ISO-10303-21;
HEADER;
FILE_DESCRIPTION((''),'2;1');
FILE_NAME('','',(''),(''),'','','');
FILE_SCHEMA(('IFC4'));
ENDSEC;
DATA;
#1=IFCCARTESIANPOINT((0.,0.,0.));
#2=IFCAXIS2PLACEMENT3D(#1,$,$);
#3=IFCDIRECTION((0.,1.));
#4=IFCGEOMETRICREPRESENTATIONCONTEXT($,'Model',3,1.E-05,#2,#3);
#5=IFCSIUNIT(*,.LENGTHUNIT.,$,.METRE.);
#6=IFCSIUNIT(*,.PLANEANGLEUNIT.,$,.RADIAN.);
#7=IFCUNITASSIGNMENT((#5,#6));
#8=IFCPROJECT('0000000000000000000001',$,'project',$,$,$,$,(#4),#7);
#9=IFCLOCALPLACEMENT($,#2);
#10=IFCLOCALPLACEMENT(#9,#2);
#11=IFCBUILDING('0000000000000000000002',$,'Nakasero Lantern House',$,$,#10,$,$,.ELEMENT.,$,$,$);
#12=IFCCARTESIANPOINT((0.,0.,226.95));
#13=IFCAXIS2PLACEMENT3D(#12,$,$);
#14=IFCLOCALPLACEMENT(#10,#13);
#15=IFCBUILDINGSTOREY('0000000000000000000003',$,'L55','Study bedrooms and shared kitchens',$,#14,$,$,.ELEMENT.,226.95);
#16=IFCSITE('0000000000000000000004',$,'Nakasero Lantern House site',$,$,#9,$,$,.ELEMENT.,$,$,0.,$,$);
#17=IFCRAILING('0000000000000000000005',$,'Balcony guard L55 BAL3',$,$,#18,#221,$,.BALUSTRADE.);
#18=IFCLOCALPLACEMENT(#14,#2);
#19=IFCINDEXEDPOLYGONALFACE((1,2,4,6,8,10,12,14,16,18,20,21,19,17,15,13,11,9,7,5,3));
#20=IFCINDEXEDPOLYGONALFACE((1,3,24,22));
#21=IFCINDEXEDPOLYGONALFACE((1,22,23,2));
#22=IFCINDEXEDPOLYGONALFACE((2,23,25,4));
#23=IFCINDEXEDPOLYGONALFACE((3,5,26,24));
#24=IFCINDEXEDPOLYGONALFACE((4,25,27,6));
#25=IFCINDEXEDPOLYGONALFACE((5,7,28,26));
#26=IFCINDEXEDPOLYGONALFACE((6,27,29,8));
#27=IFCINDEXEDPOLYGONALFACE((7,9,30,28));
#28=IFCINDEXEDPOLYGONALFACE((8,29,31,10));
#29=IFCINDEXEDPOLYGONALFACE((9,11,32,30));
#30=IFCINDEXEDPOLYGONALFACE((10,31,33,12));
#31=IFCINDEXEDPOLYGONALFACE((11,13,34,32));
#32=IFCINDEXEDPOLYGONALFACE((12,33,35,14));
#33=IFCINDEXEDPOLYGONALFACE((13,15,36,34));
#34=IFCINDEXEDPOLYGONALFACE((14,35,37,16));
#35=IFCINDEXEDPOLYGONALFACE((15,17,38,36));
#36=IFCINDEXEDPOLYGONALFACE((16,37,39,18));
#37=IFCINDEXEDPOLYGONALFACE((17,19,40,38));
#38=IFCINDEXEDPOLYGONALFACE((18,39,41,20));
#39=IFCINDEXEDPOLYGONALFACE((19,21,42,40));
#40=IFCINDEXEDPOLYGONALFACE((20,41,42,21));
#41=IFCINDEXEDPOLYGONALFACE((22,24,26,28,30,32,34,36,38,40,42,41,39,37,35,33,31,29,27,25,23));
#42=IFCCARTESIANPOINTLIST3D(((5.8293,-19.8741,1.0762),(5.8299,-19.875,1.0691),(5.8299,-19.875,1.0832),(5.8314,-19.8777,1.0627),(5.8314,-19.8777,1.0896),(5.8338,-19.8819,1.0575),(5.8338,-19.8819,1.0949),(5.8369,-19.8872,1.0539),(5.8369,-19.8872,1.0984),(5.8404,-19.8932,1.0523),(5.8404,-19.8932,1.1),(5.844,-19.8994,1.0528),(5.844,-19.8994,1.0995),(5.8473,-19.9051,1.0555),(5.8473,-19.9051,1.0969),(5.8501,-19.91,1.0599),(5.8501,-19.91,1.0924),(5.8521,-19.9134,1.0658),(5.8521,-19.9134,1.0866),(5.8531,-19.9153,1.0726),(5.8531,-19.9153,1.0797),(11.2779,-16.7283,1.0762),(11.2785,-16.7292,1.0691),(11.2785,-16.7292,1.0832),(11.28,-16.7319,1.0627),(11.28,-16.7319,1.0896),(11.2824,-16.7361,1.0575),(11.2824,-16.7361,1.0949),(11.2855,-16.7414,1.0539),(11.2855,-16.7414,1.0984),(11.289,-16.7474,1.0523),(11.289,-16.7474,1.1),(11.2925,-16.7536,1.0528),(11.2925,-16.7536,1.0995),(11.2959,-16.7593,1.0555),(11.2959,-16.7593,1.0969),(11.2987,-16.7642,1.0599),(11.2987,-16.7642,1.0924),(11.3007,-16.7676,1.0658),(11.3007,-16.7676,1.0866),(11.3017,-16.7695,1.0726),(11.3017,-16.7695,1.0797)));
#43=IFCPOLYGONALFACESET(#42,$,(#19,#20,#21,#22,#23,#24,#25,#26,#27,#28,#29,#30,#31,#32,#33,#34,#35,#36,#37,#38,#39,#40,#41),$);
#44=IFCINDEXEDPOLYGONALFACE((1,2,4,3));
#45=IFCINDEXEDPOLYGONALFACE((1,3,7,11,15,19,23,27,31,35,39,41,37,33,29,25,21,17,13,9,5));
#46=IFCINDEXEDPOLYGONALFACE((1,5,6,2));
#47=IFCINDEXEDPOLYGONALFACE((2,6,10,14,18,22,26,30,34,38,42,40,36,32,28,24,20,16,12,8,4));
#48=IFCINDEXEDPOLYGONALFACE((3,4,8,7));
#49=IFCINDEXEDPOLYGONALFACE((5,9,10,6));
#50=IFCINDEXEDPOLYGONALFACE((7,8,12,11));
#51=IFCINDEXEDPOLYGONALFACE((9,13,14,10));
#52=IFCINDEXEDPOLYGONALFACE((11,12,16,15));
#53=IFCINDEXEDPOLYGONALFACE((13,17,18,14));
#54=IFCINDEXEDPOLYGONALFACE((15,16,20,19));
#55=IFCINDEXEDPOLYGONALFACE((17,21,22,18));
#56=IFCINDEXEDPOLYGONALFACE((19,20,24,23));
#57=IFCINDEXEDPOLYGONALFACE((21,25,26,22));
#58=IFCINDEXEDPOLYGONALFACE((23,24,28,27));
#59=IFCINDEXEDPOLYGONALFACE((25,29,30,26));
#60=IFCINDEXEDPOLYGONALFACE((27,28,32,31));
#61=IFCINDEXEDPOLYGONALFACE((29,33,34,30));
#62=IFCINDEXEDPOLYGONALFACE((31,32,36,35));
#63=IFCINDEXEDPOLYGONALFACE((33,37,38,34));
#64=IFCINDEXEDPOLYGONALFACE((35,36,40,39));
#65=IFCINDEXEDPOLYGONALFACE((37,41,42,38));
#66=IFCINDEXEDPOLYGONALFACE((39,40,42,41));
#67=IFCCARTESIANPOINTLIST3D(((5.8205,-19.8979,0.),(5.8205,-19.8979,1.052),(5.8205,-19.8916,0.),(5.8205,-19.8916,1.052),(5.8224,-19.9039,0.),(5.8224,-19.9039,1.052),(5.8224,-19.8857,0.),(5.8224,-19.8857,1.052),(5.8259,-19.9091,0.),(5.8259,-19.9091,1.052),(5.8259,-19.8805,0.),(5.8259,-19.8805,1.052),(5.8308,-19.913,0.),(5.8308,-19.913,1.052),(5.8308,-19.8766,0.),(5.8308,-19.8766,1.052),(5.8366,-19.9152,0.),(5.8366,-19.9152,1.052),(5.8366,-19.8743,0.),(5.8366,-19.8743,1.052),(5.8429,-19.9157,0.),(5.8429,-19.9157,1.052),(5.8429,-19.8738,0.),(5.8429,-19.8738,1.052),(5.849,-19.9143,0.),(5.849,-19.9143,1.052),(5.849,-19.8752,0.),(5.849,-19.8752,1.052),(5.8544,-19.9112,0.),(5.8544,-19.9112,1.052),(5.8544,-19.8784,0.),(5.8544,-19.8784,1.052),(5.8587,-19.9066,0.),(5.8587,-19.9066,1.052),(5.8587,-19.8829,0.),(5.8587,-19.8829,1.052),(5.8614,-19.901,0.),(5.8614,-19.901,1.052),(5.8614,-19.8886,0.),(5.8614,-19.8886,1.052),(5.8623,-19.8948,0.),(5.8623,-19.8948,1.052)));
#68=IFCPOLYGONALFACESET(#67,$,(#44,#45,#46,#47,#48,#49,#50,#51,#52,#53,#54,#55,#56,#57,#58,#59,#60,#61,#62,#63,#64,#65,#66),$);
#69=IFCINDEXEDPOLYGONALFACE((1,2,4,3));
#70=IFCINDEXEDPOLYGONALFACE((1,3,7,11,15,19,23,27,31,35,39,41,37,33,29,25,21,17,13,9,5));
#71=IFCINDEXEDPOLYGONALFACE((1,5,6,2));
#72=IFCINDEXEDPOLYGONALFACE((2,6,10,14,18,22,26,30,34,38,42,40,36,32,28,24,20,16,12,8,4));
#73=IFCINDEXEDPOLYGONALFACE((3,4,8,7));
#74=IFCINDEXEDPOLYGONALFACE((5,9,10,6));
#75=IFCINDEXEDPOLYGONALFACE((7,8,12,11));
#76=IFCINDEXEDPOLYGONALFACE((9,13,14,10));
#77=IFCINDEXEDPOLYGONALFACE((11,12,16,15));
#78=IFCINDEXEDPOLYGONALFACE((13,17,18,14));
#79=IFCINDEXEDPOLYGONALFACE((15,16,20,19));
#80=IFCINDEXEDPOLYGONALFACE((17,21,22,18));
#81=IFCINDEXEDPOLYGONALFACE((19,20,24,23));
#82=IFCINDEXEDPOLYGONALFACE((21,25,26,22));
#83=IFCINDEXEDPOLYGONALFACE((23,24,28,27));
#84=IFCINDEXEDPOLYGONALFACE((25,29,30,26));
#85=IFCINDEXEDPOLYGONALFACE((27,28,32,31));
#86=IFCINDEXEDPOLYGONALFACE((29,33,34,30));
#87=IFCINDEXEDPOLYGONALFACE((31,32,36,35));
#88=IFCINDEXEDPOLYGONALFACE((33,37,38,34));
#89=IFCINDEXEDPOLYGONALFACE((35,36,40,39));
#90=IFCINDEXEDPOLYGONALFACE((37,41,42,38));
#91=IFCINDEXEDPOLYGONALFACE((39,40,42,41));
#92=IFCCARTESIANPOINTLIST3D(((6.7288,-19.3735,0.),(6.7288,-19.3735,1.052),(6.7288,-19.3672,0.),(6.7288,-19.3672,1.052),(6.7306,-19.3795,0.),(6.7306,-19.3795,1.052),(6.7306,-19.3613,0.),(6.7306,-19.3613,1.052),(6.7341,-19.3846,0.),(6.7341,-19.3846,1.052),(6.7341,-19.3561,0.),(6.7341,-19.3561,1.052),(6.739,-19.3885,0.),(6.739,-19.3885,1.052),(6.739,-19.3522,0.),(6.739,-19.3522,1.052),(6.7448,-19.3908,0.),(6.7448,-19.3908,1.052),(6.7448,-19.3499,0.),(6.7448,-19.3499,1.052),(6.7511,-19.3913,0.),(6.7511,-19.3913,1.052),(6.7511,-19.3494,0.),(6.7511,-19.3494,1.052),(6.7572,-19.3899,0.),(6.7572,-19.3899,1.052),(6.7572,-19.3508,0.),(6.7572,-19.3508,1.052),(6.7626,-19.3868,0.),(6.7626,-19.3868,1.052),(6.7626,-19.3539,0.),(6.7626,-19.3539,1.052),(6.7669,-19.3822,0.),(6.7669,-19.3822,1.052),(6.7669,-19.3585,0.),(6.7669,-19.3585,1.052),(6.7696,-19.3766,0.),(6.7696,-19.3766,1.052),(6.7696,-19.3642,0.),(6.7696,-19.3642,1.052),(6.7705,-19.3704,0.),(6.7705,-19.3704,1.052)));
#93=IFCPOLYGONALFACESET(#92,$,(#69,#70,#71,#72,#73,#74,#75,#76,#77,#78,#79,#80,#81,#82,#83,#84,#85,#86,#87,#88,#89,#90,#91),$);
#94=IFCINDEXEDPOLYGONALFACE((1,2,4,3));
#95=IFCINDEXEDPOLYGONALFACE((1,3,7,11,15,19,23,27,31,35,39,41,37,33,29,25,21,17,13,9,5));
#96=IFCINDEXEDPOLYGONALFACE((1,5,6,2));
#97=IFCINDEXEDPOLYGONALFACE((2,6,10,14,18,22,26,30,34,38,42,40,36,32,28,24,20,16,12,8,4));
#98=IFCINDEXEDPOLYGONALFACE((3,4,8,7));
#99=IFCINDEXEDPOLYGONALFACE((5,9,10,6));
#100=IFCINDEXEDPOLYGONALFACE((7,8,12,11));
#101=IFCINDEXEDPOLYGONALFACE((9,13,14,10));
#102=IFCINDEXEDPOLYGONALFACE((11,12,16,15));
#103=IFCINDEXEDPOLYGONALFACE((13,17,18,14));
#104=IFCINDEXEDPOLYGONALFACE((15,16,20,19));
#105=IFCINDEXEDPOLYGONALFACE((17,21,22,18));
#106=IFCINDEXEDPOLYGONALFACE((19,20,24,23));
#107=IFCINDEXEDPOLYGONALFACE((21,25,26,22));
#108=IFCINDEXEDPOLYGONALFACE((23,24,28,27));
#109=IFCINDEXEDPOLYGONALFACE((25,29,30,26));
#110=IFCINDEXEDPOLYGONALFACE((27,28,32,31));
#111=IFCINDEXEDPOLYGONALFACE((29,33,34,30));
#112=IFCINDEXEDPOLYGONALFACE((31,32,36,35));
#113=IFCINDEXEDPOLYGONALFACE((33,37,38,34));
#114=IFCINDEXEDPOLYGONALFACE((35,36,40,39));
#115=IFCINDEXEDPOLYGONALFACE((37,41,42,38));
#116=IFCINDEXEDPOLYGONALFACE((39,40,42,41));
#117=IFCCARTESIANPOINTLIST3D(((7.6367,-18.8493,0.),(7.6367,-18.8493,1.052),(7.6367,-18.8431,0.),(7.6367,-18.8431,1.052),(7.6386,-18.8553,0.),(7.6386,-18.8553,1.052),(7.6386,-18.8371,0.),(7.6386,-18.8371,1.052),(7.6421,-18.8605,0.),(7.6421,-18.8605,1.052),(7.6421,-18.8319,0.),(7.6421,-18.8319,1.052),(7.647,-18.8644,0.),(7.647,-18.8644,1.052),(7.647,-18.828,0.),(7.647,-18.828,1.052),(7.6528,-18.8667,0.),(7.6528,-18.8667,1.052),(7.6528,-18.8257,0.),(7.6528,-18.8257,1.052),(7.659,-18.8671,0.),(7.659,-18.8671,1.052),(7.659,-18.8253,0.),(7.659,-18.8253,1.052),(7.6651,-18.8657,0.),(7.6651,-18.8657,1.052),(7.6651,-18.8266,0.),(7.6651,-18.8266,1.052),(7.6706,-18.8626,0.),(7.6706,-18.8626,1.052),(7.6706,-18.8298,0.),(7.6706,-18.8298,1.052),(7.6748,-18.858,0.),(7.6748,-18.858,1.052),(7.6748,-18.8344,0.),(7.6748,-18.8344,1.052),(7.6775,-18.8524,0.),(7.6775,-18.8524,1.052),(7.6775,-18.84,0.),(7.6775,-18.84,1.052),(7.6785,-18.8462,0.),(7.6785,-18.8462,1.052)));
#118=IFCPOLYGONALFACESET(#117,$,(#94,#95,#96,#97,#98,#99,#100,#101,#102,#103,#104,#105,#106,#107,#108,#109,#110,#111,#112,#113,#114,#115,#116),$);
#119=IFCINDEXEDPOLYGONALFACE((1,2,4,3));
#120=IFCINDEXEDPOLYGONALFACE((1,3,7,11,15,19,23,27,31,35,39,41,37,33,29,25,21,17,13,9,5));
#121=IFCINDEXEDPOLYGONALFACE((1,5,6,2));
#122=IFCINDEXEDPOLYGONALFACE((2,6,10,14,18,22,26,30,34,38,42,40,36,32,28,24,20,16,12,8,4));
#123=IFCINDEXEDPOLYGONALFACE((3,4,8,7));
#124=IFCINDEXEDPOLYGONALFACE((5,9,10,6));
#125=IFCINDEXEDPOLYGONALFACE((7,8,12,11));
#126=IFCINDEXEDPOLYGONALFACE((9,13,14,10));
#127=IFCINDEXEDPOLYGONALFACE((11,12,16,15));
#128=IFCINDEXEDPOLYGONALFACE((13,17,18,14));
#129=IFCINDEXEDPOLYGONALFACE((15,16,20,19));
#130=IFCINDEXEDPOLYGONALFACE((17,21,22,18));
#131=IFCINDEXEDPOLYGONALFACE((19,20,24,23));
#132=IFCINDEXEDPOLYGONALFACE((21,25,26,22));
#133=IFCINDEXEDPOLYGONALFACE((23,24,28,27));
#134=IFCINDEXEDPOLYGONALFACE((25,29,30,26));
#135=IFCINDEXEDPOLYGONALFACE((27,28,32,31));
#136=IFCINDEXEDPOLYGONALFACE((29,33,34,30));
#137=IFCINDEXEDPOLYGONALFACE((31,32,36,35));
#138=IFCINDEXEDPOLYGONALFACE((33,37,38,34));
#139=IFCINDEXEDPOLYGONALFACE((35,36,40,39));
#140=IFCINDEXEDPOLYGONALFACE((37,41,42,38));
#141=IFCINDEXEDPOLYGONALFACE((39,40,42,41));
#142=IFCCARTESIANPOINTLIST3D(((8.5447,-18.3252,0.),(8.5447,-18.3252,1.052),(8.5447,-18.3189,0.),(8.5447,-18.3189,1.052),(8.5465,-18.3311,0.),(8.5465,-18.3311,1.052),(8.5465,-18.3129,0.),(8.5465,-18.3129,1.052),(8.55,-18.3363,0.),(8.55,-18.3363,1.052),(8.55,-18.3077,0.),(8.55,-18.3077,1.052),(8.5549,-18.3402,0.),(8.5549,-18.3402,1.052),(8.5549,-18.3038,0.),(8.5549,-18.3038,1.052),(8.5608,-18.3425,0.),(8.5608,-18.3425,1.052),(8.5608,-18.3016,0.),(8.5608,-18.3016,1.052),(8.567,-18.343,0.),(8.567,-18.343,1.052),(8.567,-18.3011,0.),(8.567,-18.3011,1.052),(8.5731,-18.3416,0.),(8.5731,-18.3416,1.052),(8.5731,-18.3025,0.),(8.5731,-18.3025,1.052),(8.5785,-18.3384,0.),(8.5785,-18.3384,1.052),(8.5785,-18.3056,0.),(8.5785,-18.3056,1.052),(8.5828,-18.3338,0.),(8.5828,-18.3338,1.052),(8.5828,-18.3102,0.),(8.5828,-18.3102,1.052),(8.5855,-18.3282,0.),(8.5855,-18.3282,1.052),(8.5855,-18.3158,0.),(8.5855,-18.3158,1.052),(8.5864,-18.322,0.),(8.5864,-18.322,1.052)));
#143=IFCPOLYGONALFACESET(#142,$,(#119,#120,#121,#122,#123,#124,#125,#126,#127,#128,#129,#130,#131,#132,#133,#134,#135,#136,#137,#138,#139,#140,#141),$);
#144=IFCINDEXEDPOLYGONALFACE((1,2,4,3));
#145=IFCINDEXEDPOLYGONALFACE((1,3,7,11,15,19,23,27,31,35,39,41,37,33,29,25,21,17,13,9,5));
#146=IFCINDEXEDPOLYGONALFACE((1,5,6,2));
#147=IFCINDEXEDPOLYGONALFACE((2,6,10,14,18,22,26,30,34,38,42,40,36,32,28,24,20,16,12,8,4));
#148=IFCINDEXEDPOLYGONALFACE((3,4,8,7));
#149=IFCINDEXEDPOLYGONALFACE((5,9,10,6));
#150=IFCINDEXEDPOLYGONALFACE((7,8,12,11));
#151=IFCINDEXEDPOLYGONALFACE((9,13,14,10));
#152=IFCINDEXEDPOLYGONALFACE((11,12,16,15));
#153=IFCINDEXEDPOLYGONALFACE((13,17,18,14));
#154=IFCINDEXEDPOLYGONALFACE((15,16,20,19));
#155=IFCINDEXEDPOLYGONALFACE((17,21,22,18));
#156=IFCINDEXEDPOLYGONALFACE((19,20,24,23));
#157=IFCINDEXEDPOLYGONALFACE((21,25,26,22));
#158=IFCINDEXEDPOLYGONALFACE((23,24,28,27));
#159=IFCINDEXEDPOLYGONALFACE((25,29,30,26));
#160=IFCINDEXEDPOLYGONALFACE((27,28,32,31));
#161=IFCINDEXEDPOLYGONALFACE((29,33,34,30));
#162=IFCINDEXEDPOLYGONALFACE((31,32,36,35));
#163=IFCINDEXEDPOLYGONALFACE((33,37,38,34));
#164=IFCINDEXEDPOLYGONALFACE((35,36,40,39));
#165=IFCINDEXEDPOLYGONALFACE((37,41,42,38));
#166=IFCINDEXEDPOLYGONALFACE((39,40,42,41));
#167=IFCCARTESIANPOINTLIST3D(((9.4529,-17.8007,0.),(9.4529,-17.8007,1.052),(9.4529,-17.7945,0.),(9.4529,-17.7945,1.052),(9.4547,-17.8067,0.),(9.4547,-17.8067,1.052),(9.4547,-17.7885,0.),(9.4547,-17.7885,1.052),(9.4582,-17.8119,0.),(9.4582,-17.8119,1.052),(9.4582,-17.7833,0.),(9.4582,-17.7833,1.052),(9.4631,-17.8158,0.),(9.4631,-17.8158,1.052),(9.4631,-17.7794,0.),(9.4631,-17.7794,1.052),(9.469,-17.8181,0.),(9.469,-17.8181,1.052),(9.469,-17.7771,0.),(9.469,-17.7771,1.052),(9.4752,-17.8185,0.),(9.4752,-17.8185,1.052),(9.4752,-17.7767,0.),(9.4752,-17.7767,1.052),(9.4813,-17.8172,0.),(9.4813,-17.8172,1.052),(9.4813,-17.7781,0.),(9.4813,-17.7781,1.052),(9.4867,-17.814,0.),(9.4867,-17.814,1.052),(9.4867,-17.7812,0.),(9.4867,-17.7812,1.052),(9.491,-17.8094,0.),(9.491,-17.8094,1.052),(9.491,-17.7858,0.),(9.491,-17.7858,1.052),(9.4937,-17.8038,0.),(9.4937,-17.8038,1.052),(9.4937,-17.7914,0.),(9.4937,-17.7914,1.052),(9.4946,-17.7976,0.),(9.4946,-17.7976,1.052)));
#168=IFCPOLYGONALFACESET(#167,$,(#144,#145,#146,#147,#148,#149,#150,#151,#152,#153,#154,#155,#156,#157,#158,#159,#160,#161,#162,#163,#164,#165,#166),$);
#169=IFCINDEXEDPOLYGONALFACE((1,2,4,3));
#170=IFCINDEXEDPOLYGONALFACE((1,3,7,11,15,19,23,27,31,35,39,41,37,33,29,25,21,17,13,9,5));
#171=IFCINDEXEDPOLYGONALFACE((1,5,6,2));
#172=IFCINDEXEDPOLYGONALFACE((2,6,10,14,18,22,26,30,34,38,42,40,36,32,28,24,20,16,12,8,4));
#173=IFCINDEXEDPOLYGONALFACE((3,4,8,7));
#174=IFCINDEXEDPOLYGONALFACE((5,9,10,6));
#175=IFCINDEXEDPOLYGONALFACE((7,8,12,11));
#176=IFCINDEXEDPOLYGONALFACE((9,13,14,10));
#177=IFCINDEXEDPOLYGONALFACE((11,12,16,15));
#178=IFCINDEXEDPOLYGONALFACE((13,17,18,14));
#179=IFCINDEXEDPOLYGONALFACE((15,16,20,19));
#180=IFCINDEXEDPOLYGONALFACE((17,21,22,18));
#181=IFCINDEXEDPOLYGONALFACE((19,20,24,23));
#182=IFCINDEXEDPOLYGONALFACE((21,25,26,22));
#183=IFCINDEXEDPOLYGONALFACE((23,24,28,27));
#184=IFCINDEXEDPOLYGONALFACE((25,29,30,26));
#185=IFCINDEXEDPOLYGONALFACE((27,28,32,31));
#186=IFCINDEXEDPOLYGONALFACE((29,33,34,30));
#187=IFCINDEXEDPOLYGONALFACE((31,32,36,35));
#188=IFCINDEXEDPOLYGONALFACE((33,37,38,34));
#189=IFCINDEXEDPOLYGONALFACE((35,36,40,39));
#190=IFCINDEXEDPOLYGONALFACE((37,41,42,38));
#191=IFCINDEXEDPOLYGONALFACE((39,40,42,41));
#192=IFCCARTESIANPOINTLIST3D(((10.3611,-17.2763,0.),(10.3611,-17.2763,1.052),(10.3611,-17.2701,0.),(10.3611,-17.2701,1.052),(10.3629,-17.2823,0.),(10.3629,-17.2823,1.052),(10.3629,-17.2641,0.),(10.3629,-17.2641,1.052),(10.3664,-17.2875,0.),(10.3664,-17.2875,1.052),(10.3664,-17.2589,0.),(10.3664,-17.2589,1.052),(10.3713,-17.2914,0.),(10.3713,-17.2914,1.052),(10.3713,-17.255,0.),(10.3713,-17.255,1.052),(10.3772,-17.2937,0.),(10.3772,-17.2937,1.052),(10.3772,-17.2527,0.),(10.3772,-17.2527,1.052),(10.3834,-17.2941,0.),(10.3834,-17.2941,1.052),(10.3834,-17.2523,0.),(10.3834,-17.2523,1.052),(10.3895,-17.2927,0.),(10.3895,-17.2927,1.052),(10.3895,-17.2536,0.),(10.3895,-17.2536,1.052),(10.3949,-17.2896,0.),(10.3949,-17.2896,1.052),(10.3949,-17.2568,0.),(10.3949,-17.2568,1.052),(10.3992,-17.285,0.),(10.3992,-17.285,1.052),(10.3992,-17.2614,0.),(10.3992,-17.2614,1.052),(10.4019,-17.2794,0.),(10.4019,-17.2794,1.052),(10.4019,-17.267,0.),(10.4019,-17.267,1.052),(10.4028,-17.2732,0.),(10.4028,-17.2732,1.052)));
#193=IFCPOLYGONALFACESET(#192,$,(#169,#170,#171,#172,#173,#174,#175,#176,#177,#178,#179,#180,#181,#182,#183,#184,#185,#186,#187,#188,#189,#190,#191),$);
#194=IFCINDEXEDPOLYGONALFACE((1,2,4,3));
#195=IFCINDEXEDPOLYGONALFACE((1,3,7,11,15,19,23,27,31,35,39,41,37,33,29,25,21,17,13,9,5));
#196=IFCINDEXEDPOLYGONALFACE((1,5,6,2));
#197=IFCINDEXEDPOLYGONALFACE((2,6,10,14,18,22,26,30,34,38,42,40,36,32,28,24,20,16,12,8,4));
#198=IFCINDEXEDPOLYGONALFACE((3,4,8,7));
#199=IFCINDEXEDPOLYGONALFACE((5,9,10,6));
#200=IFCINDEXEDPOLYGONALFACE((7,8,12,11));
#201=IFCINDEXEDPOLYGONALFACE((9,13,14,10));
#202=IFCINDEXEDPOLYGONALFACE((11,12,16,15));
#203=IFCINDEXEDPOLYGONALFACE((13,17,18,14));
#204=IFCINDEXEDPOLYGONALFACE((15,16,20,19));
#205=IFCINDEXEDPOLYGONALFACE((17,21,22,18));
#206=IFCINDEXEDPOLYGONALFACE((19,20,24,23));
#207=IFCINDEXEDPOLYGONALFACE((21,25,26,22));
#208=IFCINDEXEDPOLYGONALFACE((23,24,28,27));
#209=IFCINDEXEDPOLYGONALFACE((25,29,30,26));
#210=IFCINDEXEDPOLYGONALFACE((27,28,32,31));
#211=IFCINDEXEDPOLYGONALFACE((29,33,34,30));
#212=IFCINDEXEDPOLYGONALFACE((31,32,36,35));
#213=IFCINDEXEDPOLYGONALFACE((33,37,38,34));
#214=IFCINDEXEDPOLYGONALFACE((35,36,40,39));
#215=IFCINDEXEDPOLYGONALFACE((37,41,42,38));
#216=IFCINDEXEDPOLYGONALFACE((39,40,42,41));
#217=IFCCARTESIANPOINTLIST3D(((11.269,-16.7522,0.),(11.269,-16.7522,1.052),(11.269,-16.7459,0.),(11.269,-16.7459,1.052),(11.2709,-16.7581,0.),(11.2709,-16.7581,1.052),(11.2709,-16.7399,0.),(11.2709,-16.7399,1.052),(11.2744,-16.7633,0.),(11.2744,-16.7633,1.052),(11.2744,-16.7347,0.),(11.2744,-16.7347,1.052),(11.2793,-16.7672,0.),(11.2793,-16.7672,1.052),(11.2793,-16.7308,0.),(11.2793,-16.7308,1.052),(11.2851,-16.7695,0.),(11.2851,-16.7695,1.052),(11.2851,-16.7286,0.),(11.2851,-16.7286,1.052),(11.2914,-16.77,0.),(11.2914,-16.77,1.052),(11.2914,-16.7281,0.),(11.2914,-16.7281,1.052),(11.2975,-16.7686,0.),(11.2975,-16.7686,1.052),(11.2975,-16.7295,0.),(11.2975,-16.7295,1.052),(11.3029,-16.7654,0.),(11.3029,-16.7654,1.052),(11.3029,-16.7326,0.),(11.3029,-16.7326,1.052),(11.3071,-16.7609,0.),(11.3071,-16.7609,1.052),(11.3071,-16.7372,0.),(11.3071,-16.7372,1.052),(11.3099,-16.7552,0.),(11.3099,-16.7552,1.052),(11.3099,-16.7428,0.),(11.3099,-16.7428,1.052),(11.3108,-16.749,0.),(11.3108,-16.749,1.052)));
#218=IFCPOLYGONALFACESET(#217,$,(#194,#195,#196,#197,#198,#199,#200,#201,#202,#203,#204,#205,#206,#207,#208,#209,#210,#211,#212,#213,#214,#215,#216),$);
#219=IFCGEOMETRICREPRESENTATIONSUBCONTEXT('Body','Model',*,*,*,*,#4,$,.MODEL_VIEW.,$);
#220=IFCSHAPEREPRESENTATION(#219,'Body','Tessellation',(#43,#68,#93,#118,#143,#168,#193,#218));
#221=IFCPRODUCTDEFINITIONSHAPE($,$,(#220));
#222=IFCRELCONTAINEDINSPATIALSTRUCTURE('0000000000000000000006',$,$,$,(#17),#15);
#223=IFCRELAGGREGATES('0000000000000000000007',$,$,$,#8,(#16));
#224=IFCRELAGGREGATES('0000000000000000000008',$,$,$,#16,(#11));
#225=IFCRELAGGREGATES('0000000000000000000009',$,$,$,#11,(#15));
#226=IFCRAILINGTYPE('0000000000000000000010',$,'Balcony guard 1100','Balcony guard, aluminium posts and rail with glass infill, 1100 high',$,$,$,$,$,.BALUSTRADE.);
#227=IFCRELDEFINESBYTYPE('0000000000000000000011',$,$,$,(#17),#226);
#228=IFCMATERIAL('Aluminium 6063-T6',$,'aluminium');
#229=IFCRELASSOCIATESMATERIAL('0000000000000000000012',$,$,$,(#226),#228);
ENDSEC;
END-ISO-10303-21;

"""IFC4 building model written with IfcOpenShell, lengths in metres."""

from ifc_helpers import new_model, si_unit, direction, frame, origin, origin_2d, place, context, subcontext, project, spatial, circle, extrude, material, type_object, element, save


model = new_model("IFC4")

# Units and contexts
model_context = context("Model", 3, precision=1e-05, world=origin(), true_north=direction((0.0, 1.0)))
body_context = subcontext(model_context, "Body", "Model", "MODEL_VIEW")
ifc_project = project(units=[si_unit("LENGTHUNIT", "METRE"), si_unit("PLANEANGLEUNIT", "RADIAN")], contexts=[model_context])

# Site, building, storey
site_placement = place(None, origin())
site = spatial("IfcSite", under=ifc_project, at=site_placement, Name="Nakasero Lantern House site", CompositionType="ELEMENT", RefElevation=0.0)
building_placement = place(site_placement, origin())
building = spatial("IfcBuilding", under=site, at=building_placement, Name="Nakasero Lantern House", CompositionType="ELEMENT")
storey_placement = place(building_placement, frame((0.0, 0.0, 226.95)))
storey = spatial("IfcBuildingStorey", under=building, at=storey_placement, Name="L55", Description="Study bedrooms and shared kitchens", CompositionType="ELEMENT", Elevation=226.95)

# Railing
ifc_material_1 = material(Name="Aluminium 6063-T6", Category="aluminium")
railing_type = type_object("IfcRailingType", Name="Balcony guard 1100", Description="Balcony guard, aluminium posts and rail with glass infill, 1100 high", PredefinedType="BALUSTRADE", material=ifc_material_1)
railing_placement = place(storey_placement, frame((5.8413, -19.8948, 0.0)))
element("IfcRailing", 1, at=railing_placement, inside=storey, type_object=railing_type, Name="Balcony guard L55 BAL3", PredefinedType="BALUSTRADE", context=body_context, shape_type="SweptSolid", body=[
    extrude(circle(Radius=0.0239, at=origin_2d()), frame((0.0, 0.0, 1.0762), z_axis=(0.866021, 0.500008, 0.0), x_axis=(-0.500008, 0.866021, 0.0)), (0.0, 0.0, 1.0), 6.2915),
    extrude(circle(Radius=0.021, at=origin_2d()), origin(), (0.0, 0.0, 1.0), 1.052),
    extrude(circle(Radius=0.021, at=origin_2d()), frame((0.9082, 0.5244, 0.0)), (0.0, 0.0, 1.0), 1.052),
    extrude(circle(Radius=0.021, at=origin_2d()), frame((1.8162, 1.0486, 0.0)), (0.0, 0.0, 1.0), 1.052),
    extrude(circle(Radius=0.021, at=origin_2d()), frame((2.7241, 1.5728, 0.0)), (0.0, 0.0, 1.0), 1.052),
    extrude(circle(Radius=0.021, at=origin_2d()), frame((3.6323, 2.0972, 0.0)), (0.0, 0.0, 1.0), 1.052),
    extrude(circle(Radius=0.021, at=origin_2d()), frame((4.5405, 2.6216, 0.0)), (0.0, 0.0, 1.0), 1.052),
    extrude(circle(Radius=0.021, at=origin_2d()), frame((5.4485, 3.1458, 0.0)), (0.0, 0.0, 1.0), 1.052),
])

save(model, "model.ifc")
